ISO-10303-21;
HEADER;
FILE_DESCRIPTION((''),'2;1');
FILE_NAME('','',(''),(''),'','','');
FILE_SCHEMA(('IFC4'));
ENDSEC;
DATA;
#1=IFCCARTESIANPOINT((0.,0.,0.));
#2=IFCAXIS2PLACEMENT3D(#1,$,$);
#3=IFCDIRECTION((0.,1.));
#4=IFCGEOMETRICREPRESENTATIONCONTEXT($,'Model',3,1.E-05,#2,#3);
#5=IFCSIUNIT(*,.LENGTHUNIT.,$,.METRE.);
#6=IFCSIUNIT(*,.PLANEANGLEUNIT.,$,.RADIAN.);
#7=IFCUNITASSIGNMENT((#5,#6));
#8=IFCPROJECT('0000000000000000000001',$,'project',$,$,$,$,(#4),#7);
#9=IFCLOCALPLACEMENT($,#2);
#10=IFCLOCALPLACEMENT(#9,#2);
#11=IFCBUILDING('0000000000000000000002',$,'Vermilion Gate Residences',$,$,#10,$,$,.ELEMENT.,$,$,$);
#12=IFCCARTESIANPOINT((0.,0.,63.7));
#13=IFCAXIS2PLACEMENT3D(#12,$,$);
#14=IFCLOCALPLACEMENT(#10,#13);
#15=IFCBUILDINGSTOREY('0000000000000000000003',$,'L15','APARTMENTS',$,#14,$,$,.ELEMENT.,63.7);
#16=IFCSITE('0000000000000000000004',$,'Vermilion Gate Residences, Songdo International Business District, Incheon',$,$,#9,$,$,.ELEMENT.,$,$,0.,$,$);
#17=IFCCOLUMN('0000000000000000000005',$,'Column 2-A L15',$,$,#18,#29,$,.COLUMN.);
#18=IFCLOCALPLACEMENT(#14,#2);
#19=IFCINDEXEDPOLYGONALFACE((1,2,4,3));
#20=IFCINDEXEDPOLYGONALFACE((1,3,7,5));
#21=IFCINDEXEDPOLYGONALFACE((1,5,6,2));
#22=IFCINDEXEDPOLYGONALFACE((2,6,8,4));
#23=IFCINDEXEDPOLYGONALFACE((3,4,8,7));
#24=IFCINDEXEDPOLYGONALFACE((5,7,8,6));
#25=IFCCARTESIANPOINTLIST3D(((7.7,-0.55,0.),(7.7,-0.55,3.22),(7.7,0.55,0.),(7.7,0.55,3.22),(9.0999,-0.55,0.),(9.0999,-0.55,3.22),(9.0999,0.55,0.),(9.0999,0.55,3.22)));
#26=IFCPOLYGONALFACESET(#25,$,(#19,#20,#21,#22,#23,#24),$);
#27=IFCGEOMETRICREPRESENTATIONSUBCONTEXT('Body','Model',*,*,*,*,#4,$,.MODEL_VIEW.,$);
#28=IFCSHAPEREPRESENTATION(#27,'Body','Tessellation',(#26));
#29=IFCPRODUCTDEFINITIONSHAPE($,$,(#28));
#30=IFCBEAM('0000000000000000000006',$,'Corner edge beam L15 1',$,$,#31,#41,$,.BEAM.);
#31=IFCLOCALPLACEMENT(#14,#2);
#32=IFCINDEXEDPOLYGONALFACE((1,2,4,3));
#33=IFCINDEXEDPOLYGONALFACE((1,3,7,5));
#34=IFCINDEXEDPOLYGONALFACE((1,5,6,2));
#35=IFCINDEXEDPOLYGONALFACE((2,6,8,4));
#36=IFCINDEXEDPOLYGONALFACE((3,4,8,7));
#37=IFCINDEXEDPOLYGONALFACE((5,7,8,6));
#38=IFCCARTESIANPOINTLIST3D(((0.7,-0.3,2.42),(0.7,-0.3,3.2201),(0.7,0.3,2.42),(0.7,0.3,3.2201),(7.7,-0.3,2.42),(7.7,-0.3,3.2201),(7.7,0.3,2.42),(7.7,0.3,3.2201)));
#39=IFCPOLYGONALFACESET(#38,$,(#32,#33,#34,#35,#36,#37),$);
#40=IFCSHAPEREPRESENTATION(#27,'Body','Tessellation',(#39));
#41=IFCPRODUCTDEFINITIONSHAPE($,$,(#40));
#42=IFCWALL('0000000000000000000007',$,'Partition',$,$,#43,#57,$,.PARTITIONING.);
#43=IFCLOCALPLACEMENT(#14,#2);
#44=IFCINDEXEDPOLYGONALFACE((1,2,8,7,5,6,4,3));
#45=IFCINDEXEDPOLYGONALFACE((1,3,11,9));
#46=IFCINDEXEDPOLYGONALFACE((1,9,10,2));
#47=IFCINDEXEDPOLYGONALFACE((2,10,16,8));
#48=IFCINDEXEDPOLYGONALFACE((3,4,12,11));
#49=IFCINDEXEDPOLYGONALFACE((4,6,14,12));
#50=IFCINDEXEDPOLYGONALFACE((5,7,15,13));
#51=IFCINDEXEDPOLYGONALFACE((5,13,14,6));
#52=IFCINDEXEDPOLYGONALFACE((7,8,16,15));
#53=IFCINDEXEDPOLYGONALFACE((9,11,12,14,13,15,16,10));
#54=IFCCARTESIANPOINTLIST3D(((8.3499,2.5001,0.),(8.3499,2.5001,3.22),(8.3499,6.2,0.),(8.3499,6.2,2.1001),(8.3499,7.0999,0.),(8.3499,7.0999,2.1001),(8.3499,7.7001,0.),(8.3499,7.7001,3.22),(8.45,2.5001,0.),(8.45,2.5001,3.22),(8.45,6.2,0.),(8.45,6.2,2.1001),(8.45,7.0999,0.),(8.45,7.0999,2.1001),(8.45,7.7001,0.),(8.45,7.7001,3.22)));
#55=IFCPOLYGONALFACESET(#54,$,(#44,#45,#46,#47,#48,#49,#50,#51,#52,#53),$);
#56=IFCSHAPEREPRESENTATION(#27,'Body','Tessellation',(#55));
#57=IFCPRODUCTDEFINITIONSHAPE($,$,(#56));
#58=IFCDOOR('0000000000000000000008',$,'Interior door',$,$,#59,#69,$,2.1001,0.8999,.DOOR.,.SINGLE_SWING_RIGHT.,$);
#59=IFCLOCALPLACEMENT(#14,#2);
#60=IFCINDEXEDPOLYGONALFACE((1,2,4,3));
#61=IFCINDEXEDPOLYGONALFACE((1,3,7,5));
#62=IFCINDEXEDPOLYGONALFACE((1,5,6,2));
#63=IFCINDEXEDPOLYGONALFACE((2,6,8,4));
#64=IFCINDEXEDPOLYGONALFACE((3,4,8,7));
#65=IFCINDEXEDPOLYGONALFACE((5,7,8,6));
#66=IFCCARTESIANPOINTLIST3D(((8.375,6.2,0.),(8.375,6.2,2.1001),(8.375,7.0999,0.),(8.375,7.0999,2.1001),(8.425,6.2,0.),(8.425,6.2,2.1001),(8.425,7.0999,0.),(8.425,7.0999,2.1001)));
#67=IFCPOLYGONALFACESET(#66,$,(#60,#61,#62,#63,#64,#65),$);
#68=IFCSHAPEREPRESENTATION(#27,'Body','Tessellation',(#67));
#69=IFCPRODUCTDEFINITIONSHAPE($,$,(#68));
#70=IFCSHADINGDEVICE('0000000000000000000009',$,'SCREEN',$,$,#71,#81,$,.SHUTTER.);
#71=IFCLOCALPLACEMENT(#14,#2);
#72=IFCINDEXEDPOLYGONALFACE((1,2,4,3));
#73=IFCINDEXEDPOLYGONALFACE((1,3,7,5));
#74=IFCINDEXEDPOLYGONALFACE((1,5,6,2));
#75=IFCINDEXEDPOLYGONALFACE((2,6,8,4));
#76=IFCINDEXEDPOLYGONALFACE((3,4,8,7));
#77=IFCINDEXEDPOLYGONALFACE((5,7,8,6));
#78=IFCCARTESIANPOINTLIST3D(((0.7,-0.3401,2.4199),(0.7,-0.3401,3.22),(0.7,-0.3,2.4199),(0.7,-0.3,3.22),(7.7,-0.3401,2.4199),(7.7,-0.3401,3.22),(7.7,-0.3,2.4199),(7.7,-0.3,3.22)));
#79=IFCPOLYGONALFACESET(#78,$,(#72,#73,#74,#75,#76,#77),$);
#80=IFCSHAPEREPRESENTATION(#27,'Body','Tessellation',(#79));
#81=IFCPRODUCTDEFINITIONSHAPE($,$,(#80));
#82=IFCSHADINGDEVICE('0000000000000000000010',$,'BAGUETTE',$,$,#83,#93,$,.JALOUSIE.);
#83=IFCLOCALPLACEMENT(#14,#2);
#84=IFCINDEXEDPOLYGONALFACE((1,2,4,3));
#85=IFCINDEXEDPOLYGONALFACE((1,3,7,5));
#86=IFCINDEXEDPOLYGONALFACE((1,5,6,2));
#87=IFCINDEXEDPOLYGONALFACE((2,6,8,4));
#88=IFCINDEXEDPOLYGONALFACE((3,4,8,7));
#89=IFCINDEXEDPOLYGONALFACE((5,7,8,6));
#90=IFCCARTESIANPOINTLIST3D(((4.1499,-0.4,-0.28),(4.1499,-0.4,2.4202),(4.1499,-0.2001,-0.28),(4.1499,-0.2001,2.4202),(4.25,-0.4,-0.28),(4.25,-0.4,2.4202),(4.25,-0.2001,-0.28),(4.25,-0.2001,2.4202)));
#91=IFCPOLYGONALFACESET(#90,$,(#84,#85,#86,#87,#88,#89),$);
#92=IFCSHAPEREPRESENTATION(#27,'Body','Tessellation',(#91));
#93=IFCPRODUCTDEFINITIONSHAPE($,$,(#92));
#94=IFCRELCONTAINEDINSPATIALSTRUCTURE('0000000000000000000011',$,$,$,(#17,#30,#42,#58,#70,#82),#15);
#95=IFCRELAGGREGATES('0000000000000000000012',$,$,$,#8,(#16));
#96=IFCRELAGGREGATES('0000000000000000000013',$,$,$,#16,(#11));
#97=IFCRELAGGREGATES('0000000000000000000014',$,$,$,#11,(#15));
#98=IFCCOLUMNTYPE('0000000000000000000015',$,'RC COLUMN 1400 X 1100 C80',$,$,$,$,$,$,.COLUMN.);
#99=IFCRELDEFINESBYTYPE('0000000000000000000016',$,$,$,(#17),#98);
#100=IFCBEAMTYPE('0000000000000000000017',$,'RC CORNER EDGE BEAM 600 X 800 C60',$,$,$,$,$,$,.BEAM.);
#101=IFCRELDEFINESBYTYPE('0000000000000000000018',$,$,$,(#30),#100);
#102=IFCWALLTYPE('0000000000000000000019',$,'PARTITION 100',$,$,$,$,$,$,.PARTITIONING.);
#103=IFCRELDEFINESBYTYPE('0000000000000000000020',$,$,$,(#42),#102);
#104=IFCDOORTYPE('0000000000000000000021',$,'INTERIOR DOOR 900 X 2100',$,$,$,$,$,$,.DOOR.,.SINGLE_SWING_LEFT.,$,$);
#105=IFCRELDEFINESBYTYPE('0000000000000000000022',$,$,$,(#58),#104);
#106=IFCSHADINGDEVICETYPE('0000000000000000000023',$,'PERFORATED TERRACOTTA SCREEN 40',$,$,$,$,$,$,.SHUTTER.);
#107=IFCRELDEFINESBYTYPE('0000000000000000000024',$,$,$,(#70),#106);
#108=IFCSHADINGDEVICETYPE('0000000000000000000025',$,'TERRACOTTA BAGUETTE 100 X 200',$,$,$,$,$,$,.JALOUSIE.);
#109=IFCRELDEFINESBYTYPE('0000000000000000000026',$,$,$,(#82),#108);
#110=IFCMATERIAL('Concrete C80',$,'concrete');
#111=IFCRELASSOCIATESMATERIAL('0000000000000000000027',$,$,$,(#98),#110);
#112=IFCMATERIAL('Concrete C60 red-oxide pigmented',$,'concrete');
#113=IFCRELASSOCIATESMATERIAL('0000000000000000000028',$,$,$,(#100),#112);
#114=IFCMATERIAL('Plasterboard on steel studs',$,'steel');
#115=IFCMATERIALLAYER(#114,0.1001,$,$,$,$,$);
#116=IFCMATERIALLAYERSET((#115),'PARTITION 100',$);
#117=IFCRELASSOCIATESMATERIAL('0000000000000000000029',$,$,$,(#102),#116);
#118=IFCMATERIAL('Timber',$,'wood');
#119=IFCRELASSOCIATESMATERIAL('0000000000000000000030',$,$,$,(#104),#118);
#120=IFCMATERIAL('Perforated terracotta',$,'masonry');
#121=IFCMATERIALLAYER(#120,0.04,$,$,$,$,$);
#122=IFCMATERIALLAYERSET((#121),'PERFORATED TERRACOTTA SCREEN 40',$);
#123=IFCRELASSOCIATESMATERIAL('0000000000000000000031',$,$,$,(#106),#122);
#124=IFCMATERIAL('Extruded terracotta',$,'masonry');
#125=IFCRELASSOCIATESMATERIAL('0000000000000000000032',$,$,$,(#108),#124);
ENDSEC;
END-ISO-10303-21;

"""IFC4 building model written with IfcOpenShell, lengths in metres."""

from ifc_helpers import new_model, si_unit, direction, frame, frame_2d, origin, origin_2d, place, context, subcontext, project, spatial, rectangle, extrude, material, layer, layer_set, material_profile, profile_set, type_object, element, fill, save


model = new_model("IFC4")

# Units and contexts
model_context = context("Model", 3, precision=1e-05, world=origin(), true_north=direction((0.0, 1.0)))
body_context = subcontext(model_context, "Body", "Model", "MODEL_VIEW")
ifc_project = project(units=[si_unit("LENGTHUNIT", "METRE"), si_unit("PLANEANGLEUNIT", "RADIAN")], contexts=[model_context])

# Site, building, storey
site_placement = place(None, origin())
site = spatial("IfcSite", under=ifc_project, at=site_placement, Name="Vermilion Gate Residences, Songdo International Business District, Incheon", CompositionType="ELEMENT", RefElevation=0.0)
building_placement = place(site_placement, origin())
building = spatial("IfcBuilding", under=site, at=building_placement, Name="Vermilion Gate Residences", CompositionType="ELEMENT")
storey_placement = place(building_placement, frame((0.0, 0.0, 63.7)))
storey = spatial("IfcBuildingStorey", under=building, at=storey_placement, Name="L15", Description="APARTMENTS", CompositionType="ELEMENT", Elevation=63.7)

# Column
ifc_material_1 = material(Name="Concrete C80", Category="concrete")
ifc_material_profile_1 = material_profile(ifc_material_1, rectangle(XDim=1.3999, YDim=1.1001, at=origin_2d()), Name="RC-1400x1100")
ifc_profile_set_1 = profile_set([ifc_material_profile_1], Name="Concrete C80")
column_type = type_object("IfcColumnType", Name="RC COLUMN 1400 X 1100 C80", PredefinedType="COLUMN", material=ifc_profile_set_1)
column_placement = place(storey_placement, frame((8.3999, 0.0, 0.0), z_axis=(0.0, 0.0, 1.0), x_axis=(1.0, 0.0, 0.0)))
element("IfcColumn", 1, at=column_placement, inside=storey, type_object=column_type, Name="Column 2-A L15", PredefinedType="COLUMN", context=body_context, shape_type="SweptSolid", body=[
    extrude(rectangle(XDim=1.3999, YDim=1.1001, at=origin_2d()), origin(), (0.0, 0.0, 1.0), 3.22),
])

# Beam
ifc_material_2 = material(Name="Concrete C60 red-oxide pigmented", Category="concrete")
ifc_material_profile_2 = material_profile(ifc_material_2, rectangle(XDim=0.6001, YDim=0.8, at=origin_2d()), Name="RC-600x800")
ifc_profile_set_2 = profile_set([ifc_material_profile_2], Name="Concrete C60 red-oxide pigmented")
beam_type = type_object("IfcBeamType", Name="RC CORNER EDGE BEAM 600 X 800 C60", PredefinedType="BEAM", material=ifc_profile_set_2)
beam_placement = place(storey_placement, frame((0.7, 0.0, 2.8201), z_axis=(1.0, 0.0, 0.0), x_axis=(0.0, 1.0, 0.0)))
element("IfcBeam", 2, at=beam_placement, inside=storey, type_object=beam_type, Name="Corner edge beam L15 1", PredefinedType="BEAM", context=body_context, shape_type="SweptSolid", body=[
    extrude(rectangle(XDim=0.6001, YDim=0.8, at=origin_2d()), origin(), (0.0, 0.0, 1.0), 7.0),
])

# Wall, opening, door
ifc_material_3 = material(Name="Plasterboard on steel studs", Category="steel")
ifc_layer_1 = layer(ifc_material_3, 0.1001)
ifc_layer_set_1 = layer_set([ifc_layer_1], Name="PARTITION 100")
wall_type_1 = type_object("IfcWallType", Name="PARTITION 100", PredefinedType="PARTITIONING", material=ifc_layer_set_1)
wall_1_placement = place(storey_placement, frame((8.3999, 2.5, 0.0), z_axis=(0.0, 0.0, 1.0), x_axis=(0.0, 1.0, 0.0)))
wall_1 = element("IfcWall", 3, at=wall_1_placement, inside=storey, type_object=wall_type_1, Name="Partition", PredefinedType="PARTITIONING", context=body_context, shape_type="SweptSolid", body=[
    extrude(rectangle(XDim=5.2, YDim=0.1001, at=frame_2d((2.6001, 0.0))), origin(), (0.0, 0.0, 1.0), 3.22),
])
opening_1_placement = place(wall_1_placement, frame((3.7, 0.0, 0.0)))
opening_1 = element("IfcOpeningElement", 4, at=opening_1_placement, cuts=wall_1, PredefinedType="OPENING", context=body_context, shape_type="SweptSolid", body=[
    extrude(rectangle(XDim=0.8999, YDim=2.1001, at=frame_2d((0.45, 1.05))), frame((0.0, 0.0601, 0.0), z_axis=(0.0, -1.0, 0.0), x_axis=(1.0, 0.0, 0.0)), (0.0, 0.0, 1.0), 0.1201),
])
ifc_material_4 = material(Name="Timber", Category="wood")
door_type_1 = type_object("IfcDoorType", Name="INTERIOR DOOR 900 X 2100", OperationType="SINGLE_SWING_LEFT", PredefinedType="DOOR", material=ifc_material_4)
door_1_placement = place(opening_1_placement, origin())
door_1 = element("IfcDoor", 5, at=door_1_placement, inside=storey, type_object=door_type_1, Name="Interior door", OperationType="SINGLE_SWING_RIGHT", OverallHeight=2.1001, OverallWidth=0.8999, PredefinedType="DOOR", context=body_context, shape_type="SweptSolid", body=[
    extrude(rectangle(XDim=0.8999, YDim=2.1001, at=frame_2d((0.45, 1.05))), frame((0.0, 0.0249, 0.0), z_axis=(0.0, -1.0, 0.0), x_axis=(1.0, 0.0, 0.0)), (0.0, 0.0, 1.0), 0.05),
])
fill(opening_1, door_1)

# Shading devices
ifc_material_5 = material(Name="Perforated terracotta", Category="masonry")
ifc_layer_2 = layer(ifc_material_5, 0.04)
ifc_layer_set_2 = layer_set([ifc_layer_2], Name="PERFORATED TERRACOTTA SCREEN 40")
shading_device_type_1 = type_object("IfcShadingDeviceType", Name="PERFORATED TERRACOTTA SCREEN 40", PredefinedType="SHUTTER", material=ifc_layer_set_2)
shading_device_1_placement = place(storey_placement, frame((4.2, -0.3201, 2.4199), z_axis=(0.0, 0.0, 1.0), x_axis=(1.0, 0.0, 0.0)))
element("IfcShadingDevice", 6, at=shading_device_1_placement, inside=storey, type_object=shading_device_type_1, Name="SCREEN", PredefinedType="SHUTTER", context=body_context, shape_type="SweptSolid", body=[
    extrude(rectangle(XDim=7.0, YDim=0.04, at=origin_2d()), origin(), (0.0, 0.0, 1.0), 0.8),
])
ifc_material_6 = material(Name="Extruded terracotta", Category="masonry")
ifc_material_profile_3 = material_profile(ifc_material_6, rectangle(XDim=0.2, YDim=0.1001, at=origin_2d()), Name="BAGUETTE 100 X 200")
ifc_profile_set_3 = profile_set([ifc_material_profile_3], Name="Extruded terracotta")
shading_device_type_2 = type_object("IfcShadingDeviceType", Name="TERRACOTTA BAGUETTE 100 X 200", PredefinedType="JALOUSIE", material=ifc_profile_set_3)
shading_device_2_placement = place(storey_placement, frame((4.2, -0.3, -0.28), z_axis=(0.0, 0.0, 1.0), x_axis=(0.0, 1.0, 0.0)))
element("IfcShadingDevice", 7, at=shading_device_2_placement, inside=storey, type_object=shading_device_type_2, Name="BAGUETTE", PredefinedType="JALOUSIE", context=body_context, shape_type="SweptSolid", body=[
    extrude(rectangle(XDim=0.2, YDim=0.1001, at=origin_2d()), origin(), (0.0, 0.0, 1.0), 2.7002),
])

save(model, "model.ifc")
